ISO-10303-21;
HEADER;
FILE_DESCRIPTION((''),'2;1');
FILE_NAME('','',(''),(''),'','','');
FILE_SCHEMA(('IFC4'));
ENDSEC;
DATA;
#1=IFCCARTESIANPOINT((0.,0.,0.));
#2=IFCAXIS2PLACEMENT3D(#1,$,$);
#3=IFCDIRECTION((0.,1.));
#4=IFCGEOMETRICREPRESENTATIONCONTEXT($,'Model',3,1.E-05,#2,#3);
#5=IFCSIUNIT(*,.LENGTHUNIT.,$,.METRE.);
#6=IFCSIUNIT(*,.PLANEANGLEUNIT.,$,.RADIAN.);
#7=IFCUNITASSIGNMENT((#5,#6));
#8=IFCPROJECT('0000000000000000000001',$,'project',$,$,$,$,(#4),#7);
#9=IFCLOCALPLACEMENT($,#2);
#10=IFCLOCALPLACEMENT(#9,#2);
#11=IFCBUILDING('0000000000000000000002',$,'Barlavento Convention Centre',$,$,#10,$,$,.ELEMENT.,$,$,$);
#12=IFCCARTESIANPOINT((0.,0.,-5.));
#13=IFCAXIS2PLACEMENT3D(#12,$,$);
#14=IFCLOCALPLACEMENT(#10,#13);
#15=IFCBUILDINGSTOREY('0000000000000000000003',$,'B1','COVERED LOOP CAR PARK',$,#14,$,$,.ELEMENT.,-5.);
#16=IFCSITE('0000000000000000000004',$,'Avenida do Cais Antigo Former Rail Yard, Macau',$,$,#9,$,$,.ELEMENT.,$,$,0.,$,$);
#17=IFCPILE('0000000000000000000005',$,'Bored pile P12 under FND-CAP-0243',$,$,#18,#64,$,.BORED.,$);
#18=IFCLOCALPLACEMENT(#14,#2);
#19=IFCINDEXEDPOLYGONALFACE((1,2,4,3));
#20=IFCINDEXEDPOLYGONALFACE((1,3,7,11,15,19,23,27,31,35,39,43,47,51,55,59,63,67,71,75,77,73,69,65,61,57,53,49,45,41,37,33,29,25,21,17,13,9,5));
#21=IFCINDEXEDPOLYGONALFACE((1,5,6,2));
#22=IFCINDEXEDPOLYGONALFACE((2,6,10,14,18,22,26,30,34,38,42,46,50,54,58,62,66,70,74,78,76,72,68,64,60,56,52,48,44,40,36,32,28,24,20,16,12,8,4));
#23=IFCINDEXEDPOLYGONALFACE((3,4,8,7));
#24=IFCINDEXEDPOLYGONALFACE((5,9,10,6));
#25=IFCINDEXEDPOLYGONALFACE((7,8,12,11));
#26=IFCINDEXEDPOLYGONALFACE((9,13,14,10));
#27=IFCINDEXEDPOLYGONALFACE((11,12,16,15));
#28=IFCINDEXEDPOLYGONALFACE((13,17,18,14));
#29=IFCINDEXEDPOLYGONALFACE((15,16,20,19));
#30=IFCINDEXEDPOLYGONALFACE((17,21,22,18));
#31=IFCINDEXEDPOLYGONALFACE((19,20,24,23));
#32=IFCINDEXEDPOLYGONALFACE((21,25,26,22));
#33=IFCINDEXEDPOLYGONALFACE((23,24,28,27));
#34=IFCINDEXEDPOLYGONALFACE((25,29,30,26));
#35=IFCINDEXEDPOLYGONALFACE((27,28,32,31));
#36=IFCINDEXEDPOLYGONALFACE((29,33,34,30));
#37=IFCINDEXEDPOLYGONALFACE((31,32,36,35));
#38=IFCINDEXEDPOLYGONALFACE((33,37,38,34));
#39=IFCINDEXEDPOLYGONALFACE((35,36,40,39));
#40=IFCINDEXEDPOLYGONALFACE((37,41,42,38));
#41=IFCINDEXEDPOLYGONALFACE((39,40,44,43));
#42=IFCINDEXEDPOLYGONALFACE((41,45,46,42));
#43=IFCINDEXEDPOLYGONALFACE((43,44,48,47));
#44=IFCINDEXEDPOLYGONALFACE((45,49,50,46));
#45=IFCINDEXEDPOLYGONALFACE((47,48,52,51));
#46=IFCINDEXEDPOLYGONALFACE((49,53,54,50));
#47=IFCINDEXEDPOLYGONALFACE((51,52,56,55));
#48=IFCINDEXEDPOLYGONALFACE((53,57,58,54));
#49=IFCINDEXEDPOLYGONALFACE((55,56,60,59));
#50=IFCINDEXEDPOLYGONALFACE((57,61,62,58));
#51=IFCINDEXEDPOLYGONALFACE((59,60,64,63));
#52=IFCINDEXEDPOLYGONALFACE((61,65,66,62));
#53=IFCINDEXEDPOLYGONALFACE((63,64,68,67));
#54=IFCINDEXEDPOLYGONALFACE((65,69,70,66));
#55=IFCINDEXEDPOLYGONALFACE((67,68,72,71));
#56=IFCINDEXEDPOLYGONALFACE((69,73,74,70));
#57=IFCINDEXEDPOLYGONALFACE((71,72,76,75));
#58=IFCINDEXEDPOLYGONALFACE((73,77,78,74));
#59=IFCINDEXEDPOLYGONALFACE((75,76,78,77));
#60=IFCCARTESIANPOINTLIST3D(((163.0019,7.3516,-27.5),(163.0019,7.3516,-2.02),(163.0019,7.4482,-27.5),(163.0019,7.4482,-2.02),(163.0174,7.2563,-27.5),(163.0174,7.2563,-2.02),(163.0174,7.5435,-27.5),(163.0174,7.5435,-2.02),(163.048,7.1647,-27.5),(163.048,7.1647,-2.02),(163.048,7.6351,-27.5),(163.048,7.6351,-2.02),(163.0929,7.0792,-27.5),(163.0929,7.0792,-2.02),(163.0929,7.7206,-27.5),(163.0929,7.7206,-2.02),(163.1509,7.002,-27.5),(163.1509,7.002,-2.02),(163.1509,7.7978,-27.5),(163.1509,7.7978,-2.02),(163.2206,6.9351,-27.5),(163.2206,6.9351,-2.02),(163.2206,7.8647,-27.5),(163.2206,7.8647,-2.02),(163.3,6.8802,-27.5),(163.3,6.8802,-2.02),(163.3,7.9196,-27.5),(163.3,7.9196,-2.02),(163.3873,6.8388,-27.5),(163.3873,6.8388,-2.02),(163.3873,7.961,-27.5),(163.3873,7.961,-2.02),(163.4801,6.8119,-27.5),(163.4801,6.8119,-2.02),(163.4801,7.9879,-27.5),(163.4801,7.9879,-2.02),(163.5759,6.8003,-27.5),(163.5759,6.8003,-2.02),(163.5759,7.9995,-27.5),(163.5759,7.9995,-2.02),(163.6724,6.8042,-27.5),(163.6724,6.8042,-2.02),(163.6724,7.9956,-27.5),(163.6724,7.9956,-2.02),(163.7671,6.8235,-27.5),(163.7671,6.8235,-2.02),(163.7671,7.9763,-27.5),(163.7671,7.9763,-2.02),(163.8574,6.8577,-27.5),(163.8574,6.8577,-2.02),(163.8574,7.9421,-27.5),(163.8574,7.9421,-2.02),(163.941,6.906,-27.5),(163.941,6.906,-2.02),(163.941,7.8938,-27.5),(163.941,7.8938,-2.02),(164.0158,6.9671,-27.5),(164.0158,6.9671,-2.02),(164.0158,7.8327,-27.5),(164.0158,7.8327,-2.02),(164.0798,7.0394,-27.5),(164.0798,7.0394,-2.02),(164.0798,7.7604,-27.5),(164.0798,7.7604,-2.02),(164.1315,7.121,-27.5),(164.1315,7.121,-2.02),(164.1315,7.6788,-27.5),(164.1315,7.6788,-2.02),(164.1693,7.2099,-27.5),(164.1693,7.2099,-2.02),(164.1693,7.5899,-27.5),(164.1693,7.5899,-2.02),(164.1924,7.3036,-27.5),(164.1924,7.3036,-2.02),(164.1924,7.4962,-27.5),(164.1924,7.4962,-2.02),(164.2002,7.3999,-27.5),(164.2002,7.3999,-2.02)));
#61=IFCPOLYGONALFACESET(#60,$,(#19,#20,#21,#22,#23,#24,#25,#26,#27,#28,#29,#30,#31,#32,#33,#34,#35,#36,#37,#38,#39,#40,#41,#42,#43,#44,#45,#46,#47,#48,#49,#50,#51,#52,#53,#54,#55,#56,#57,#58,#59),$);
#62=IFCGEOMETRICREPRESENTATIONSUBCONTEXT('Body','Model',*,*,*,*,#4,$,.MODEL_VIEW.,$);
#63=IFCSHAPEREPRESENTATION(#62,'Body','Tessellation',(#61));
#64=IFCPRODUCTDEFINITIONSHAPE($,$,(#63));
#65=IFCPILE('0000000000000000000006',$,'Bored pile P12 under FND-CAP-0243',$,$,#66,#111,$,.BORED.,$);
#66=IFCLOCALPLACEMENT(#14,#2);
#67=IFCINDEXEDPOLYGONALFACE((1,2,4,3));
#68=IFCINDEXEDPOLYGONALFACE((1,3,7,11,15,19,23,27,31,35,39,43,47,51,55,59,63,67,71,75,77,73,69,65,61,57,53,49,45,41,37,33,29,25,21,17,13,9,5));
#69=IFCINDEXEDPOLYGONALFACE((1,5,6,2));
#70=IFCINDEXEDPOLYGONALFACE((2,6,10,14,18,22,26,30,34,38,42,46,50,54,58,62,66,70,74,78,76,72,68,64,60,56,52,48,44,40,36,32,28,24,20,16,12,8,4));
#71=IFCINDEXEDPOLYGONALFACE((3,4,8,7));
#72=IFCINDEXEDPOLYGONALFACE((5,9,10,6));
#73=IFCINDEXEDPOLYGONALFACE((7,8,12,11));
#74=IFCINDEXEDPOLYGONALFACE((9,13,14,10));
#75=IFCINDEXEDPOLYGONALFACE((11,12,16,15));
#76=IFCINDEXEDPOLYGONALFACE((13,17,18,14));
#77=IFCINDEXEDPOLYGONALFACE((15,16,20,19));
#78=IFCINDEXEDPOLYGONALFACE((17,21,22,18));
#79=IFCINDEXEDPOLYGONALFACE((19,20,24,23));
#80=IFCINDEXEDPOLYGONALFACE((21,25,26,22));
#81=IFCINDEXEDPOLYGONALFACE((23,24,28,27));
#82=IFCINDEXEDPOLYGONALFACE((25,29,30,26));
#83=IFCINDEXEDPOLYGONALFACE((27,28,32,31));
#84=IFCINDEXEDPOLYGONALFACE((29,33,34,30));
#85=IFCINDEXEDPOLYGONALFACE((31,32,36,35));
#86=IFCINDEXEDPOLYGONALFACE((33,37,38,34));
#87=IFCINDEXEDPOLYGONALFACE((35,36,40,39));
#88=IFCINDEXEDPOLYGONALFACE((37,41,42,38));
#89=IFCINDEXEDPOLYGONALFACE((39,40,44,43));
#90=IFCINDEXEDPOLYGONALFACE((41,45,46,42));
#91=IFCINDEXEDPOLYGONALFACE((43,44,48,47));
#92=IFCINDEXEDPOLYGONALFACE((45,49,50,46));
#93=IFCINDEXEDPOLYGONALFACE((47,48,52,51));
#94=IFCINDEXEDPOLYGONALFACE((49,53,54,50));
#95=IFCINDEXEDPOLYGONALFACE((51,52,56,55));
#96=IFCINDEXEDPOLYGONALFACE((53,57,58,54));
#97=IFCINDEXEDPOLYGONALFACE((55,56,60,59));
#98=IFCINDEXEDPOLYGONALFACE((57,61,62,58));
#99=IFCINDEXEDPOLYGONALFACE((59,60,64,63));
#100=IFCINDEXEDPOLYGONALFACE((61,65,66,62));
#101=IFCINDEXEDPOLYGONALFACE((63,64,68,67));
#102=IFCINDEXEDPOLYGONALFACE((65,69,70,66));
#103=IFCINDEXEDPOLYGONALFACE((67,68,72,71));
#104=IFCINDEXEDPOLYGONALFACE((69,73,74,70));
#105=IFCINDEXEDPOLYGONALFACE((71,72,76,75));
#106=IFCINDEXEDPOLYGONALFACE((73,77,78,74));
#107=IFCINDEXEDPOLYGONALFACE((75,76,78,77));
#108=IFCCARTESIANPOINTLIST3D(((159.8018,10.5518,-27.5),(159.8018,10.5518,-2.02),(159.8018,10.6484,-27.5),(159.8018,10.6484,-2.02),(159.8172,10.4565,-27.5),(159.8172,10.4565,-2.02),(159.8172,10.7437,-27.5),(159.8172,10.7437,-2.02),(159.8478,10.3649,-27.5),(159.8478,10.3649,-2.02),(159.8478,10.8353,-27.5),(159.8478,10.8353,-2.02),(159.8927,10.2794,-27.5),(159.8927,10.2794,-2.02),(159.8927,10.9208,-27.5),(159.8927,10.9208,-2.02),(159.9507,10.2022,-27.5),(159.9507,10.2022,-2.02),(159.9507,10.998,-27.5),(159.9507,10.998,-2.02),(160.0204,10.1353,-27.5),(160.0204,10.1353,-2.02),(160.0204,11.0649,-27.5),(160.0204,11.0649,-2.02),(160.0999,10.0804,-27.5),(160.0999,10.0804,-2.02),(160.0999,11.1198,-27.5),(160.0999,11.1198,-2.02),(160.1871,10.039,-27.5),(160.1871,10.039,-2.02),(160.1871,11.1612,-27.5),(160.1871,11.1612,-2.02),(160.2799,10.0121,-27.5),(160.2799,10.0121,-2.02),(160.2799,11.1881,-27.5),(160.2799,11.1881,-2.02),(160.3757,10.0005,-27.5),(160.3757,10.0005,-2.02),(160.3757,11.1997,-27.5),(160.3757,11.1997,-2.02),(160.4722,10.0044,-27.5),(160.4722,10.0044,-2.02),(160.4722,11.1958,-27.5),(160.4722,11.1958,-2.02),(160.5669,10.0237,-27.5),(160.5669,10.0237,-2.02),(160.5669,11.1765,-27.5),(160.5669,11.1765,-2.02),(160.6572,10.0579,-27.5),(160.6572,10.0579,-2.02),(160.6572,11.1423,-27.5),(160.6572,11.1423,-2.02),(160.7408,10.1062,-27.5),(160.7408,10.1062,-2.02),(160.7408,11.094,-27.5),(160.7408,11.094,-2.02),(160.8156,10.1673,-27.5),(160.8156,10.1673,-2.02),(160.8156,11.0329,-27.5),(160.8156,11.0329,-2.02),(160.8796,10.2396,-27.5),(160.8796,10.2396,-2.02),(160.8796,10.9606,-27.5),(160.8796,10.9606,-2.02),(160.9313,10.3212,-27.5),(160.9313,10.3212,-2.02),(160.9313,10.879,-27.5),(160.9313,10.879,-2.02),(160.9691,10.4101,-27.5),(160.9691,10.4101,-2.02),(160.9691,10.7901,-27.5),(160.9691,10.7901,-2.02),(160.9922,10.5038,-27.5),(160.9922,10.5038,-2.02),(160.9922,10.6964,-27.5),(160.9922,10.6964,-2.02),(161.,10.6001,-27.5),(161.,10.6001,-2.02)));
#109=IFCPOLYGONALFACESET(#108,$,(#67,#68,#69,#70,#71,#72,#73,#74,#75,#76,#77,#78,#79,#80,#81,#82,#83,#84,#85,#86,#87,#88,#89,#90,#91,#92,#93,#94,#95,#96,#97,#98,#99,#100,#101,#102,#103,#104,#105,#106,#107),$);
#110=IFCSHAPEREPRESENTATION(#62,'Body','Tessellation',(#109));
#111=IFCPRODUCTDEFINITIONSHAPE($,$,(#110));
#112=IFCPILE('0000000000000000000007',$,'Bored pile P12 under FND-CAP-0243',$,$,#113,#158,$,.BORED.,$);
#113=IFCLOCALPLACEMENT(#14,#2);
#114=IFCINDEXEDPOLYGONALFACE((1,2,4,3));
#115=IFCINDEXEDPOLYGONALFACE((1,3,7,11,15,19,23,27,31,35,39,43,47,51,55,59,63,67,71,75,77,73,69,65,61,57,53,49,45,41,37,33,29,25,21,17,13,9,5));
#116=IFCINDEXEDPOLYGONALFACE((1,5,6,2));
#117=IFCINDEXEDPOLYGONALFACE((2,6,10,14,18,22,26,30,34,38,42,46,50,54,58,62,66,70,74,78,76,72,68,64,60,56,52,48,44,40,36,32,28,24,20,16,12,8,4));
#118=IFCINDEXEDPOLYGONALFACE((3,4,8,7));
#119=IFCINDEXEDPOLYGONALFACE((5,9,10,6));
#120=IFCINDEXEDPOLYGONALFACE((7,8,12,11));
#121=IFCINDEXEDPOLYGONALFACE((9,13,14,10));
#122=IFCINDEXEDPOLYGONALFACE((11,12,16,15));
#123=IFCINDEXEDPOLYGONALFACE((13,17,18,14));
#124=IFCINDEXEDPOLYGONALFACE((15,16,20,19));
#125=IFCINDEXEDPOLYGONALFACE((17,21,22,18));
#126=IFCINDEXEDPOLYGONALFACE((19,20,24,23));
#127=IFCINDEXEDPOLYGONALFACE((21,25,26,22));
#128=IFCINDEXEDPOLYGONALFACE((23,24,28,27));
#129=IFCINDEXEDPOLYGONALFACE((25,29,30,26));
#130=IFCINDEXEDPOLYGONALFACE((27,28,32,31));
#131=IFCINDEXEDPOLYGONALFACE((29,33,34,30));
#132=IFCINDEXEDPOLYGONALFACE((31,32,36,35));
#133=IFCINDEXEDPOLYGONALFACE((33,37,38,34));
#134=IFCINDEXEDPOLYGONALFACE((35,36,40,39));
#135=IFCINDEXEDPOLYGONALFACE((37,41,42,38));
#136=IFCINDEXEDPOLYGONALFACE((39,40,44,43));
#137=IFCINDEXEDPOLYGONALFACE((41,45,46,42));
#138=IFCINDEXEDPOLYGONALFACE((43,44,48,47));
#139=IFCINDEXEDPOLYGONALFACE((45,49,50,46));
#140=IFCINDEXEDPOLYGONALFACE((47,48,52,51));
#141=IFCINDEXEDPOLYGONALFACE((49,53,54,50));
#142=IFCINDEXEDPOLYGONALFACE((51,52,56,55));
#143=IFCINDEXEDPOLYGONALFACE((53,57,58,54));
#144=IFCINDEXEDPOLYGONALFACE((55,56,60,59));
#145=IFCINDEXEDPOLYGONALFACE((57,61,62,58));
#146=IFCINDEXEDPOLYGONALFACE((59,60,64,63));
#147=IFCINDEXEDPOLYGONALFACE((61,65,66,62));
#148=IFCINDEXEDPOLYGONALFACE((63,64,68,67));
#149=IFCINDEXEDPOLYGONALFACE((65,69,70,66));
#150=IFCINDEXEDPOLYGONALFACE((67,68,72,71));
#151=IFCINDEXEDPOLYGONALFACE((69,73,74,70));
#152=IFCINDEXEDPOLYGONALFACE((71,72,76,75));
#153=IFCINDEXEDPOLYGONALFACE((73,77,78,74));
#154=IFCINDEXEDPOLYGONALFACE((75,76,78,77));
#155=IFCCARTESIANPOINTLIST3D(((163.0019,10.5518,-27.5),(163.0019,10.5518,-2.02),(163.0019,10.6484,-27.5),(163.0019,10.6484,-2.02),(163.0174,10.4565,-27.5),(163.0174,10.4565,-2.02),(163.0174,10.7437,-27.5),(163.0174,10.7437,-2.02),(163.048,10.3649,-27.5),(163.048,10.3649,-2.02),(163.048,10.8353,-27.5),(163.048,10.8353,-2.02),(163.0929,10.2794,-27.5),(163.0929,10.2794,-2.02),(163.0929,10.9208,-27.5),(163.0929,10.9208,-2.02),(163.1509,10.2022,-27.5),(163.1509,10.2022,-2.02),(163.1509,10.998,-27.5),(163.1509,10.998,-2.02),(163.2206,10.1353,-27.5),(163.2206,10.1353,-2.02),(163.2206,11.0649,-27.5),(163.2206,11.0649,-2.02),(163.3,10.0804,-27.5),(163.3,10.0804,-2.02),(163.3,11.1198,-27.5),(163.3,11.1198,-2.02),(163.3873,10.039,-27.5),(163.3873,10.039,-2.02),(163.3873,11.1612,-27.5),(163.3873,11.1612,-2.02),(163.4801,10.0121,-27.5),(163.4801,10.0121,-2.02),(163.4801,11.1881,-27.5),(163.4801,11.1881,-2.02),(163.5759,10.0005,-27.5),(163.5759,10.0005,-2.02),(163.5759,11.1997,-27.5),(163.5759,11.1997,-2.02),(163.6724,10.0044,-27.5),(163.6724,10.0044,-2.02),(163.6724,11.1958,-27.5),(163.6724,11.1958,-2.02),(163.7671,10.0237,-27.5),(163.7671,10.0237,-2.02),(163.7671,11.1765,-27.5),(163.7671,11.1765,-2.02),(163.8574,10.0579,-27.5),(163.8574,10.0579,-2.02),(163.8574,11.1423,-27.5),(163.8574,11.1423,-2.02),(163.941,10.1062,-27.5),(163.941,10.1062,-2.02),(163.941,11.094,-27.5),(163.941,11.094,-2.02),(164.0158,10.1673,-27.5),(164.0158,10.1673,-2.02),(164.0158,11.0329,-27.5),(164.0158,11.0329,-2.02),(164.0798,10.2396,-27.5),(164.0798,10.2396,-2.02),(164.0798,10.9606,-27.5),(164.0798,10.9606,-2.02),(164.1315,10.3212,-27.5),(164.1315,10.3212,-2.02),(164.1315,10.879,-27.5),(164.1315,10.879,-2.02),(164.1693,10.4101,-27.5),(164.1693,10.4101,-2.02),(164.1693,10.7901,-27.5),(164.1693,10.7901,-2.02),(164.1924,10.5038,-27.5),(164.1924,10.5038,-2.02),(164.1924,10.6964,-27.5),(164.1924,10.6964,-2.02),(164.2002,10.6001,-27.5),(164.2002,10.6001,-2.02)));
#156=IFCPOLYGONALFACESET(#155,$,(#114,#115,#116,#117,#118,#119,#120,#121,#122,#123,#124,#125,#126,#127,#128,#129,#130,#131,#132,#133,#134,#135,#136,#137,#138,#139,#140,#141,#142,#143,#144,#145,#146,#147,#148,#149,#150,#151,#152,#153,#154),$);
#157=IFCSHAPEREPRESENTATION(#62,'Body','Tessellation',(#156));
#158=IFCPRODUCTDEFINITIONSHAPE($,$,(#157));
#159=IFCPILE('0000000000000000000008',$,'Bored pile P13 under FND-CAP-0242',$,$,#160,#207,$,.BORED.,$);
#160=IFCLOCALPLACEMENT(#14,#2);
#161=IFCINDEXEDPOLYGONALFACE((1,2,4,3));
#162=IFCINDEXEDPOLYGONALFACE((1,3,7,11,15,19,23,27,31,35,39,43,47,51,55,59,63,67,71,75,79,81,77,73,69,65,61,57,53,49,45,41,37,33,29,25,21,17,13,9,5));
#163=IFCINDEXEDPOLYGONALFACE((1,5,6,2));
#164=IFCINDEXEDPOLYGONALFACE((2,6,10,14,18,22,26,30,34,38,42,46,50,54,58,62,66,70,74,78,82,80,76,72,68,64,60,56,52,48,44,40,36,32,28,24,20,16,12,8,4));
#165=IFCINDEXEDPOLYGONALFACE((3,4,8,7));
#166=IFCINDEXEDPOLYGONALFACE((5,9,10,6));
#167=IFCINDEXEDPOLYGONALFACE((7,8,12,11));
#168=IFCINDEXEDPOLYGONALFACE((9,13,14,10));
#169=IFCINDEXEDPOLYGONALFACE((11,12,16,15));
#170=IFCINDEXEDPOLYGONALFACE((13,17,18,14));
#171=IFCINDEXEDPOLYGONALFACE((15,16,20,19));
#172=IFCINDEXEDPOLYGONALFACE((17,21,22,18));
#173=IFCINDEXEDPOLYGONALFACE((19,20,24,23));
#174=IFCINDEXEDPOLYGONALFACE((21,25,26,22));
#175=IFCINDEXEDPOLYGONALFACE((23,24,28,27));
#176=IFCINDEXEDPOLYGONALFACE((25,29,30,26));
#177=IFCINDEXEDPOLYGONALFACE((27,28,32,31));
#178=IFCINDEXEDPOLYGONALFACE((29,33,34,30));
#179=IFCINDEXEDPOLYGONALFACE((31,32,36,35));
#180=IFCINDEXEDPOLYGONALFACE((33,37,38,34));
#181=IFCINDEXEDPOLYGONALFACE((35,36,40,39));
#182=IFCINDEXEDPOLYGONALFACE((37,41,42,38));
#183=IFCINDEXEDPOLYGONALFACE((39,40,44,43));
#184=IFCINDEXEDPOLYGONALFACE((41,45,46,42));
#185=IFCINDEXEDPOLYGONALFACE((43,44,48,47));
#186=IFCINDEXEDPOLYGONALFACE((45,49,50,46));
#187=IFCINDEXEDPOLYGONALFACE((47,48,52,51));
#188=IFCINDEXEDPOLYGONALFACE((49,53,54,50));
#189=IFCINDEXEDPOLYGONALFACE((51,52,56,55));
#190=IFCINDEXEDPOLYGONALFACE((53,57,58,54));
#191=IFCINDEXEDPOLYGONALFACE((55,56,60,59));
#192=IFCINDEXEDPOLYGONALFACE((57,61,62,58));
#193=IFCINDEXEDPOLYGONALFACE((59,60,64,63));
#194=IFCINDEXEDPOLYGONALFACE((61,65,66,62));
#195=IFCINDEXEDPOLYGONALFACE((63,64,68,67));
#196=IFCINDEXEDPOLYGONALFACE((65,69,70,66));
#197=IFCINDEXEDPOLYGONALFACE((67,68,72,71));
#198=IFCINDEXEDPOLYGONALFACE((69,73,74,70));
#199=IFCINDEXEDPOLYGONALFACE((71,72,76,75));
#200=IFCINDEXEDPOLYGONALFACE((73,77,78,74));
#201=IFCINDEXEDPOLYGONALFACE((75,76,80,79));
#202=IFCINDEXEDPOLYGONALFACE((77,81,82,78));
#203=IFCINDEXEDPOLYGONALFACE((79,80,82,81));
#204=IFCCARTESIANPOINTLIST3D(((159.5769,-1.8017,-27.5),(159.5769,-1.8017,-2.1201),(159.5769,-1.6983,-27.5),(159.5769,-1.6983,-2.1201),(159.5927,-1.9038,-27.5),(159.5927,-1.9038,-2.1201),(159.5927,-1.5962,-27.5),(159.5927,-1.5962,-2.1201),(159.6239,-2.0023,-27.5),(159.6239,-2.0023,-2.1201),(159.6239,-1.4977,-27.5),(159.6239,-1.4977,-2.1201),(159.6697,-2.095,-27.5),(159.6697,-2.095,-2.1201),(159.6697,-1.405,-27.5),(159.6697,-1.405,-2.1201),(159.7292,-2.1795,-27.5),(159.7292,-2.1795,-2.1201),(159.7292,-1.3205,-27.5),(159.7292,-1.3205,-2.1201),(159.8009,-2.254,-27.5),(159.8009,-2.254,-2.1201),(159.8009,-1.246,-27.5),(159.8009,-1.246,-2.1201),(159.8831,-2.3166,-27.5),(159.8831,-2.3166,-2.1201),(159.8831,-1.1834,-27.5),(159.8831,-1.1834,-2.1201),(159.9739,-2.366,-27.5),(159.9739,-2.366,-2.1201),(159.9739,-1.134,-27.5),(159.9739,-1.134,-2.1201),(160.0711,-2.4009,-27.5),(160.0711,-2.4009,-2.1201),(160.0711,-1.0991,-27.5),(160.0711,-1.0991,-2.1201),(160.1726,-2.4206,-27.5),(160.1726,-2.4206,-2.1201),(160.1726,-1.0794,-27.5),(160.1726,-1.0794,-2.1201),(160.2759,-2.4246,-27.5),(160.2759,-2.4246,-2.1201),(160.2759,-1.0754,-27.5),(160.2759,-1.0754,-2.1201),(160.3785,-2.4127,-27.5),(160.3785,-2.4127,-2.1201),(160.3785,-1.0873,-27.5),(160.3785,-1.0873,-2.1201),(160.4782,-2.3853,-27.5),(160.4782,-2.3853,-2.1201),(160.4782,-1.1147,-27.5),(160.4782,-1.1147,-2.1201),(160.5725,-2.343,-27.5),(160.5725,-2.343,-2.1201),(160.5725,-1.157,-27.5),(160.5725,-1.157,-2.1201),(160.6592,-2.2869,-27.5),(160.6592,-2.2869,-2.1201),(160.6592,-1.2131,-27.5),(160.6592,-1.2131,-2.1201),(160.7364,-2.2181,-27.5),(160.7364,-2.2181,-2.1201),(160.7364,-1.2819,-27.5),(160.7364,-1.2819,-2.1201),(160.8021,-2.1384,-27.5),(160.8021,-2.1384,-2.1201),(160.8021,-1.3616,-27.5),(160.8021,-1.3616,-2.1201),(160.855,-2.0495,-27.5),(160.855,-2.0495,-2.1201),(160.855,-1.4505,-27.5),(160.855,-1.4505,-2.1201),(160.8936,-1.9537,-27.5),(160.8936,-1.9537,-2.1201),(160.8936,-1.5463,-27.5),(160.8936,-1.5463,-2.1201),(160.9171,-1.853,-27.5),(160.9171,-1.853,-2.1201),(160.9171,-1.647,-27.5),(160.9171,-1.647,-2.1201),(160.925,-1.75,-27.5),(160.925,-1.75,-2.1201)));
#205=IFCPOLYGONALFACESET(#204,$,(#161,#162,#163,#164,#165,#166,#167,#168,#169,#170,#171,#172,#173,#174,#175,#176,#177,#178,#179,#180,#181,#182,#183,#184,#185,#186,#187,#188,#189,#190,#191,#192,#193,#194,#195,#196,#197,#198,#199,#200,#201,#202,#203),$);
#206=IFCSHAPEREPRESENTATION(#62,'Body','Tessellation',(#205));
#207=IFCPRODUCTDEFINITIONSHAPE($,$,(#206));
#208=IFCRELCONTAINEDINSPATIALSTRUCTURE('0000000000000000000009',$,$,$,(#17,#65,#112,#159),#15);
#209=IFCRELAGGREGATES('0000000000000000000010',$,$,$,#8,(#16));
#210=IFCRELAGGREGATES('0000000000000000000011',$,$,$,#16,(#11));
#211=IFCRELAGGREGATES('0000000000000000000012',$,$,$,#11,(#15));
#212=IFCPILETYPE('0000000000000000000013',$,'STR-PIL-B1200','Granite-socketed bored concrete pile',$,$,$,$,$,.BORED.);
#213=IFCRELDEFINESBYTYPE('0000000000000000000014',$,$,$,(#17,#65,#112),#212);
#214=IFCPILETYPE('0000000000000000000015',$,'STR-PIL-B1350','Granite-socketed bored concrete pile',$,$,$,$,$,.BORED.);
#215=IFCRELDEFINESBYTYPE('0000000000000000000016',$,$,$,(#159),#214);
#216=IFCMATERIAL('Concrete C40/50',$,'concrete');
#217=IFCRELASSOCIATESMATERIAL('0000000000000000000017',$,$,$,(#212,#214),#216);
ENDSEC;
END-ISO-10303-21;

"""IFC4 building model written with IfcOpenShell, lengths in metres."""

from ifc_helpers import new_model, si_unit, direction, frame, origin, origin_2d, place, context, subcontext, project, spatial, circle, extrude, material, material_profile, profile_set, type_object, element, save


model = new_model("IFC4")

# Units and contexts
model_context = context("Model", 3, precision=1e-05, world=origin(), true_north=direction((0.0, 1.0)))
body_context = subcontext(model_context, "Body", "Model", "MODEL_VIEW")
ifc_project = project(units=[si_unit("LENGTHUNIT", "METRE"), si_unit("PLANEANGLEUNIT", "RADIAN")], contexts=[model_context])

# Site, building, storey
site_placement = place(None, origin())
site = spatial("IfcSite", under=ifc_project, at=site_placement, Name="Avenida do Cais Antigo Former Rail Yard, Macau", CompositionType="ELEMENT", RefElevation=0.0)
building_placement = place(site_placement, origin())
building = spatial("IfcBuilding", under=site, at=building_placement, Name="Barlavento Convention Centre", CompositionType="ELEMENT")
storey_placement = place(building_placement, frame((0.0, 0.0, -5.0)))
storey = spatial("IfcBuildingStorey", under=building, at=storey_placement, Name="B1", Description="COVERED LOOP CAR PARK", CompositionType="ELEMENT", Elevation=-5.0)

# Shared definitions
ifc_material_1 = material(Name="Concrete C40/50", Category="concrete")

# Piles
ifc_material_profile_1 = material_profile(ifc_material_1, circle(Radius=0.6001, at=origin_2d()), Name="BORED PILE 1200")
ifc_profile_set_1 = profile_set([ifc_material_profile_1], Name="Concrete C40/50")
pile_type_1 = type_object("IfcPileType", Name="STR-PIL-B1200", Description="Granite-socketed bored concrete pile", PredefinedType="BORED", material=ifc_profile_set_1)
for number, where, z_axis, x_axis, name in (
    (1, (163.6001, 7.3999, -2.02), (0.0, 0.0, -1.0), (1.0, 0.0, 0.0), "Bored pile P12 under FND-CAP-0243"),
    (2, (160.3999, 10.6001, -2.02), (0.0, 0.0, -1.0), (1.0, 0.0, 0.0), "Bored pile P12 under FND-CAP-0243"),
    (3, (163.6001, 10.6001, -2.02), (0.0, 0.0, -1.0), (1.0, 0.0, 0.0), "Bored pile P12 under FND-CAP-0243"),
):
    element("IfcPile", number, at=place(storey_placement, frame(where, z_axis=z_axis, x_axis=x_axis)), inside=storey, type_object=pile_type_1, Name=name, PredefinedType="BORED", context=body_context, shape_type="SweptSolid", body=[
        extrude(circle(Radius=0.6001, at=origin_2d()), origin(), (0.0, 0.0, 1.0), 25.48),
    ])
ifc_material_profile_2 = material_profile(ifc_material_1, circle(Radius=0.675, at=origin_2d()), Name="BORED PILE 1350")
ifc_profile_set_2 = profile_set([ifc_material_profile_2], Name="Concrete C40/50")
pile_type_2 = type_object("IfcPileType", Name="STR-PIL-B1350", Description="Granite-socketed bored concrete pile", PredefinedType="BORED", material=ifc_profile_set_2)
for number, where, z_axis, x_axis, name in (
    (4, (160.25, -1.75, -2.1201), (0.0, 0.0, -1.0), (1.0, 0.0, 0.0), "Bored pile P13 under FND-CAP-0242"),
):
    element("IfcPile", number, at=place(storey_placement, frame(where, z_axis=z_axis, x_axis=x_axis)), inside=storey, type_object=pile_type_2, Name=name, PredefinedType="BORED", context=body_context, shape_type="SweptSolid", body=[
        extrude(circle(Radius=0.675, at=origin_2d()), origin(), (0.0, 0.0, 1.0), 25.3799),
    ])

save(model, "model.ifc")
